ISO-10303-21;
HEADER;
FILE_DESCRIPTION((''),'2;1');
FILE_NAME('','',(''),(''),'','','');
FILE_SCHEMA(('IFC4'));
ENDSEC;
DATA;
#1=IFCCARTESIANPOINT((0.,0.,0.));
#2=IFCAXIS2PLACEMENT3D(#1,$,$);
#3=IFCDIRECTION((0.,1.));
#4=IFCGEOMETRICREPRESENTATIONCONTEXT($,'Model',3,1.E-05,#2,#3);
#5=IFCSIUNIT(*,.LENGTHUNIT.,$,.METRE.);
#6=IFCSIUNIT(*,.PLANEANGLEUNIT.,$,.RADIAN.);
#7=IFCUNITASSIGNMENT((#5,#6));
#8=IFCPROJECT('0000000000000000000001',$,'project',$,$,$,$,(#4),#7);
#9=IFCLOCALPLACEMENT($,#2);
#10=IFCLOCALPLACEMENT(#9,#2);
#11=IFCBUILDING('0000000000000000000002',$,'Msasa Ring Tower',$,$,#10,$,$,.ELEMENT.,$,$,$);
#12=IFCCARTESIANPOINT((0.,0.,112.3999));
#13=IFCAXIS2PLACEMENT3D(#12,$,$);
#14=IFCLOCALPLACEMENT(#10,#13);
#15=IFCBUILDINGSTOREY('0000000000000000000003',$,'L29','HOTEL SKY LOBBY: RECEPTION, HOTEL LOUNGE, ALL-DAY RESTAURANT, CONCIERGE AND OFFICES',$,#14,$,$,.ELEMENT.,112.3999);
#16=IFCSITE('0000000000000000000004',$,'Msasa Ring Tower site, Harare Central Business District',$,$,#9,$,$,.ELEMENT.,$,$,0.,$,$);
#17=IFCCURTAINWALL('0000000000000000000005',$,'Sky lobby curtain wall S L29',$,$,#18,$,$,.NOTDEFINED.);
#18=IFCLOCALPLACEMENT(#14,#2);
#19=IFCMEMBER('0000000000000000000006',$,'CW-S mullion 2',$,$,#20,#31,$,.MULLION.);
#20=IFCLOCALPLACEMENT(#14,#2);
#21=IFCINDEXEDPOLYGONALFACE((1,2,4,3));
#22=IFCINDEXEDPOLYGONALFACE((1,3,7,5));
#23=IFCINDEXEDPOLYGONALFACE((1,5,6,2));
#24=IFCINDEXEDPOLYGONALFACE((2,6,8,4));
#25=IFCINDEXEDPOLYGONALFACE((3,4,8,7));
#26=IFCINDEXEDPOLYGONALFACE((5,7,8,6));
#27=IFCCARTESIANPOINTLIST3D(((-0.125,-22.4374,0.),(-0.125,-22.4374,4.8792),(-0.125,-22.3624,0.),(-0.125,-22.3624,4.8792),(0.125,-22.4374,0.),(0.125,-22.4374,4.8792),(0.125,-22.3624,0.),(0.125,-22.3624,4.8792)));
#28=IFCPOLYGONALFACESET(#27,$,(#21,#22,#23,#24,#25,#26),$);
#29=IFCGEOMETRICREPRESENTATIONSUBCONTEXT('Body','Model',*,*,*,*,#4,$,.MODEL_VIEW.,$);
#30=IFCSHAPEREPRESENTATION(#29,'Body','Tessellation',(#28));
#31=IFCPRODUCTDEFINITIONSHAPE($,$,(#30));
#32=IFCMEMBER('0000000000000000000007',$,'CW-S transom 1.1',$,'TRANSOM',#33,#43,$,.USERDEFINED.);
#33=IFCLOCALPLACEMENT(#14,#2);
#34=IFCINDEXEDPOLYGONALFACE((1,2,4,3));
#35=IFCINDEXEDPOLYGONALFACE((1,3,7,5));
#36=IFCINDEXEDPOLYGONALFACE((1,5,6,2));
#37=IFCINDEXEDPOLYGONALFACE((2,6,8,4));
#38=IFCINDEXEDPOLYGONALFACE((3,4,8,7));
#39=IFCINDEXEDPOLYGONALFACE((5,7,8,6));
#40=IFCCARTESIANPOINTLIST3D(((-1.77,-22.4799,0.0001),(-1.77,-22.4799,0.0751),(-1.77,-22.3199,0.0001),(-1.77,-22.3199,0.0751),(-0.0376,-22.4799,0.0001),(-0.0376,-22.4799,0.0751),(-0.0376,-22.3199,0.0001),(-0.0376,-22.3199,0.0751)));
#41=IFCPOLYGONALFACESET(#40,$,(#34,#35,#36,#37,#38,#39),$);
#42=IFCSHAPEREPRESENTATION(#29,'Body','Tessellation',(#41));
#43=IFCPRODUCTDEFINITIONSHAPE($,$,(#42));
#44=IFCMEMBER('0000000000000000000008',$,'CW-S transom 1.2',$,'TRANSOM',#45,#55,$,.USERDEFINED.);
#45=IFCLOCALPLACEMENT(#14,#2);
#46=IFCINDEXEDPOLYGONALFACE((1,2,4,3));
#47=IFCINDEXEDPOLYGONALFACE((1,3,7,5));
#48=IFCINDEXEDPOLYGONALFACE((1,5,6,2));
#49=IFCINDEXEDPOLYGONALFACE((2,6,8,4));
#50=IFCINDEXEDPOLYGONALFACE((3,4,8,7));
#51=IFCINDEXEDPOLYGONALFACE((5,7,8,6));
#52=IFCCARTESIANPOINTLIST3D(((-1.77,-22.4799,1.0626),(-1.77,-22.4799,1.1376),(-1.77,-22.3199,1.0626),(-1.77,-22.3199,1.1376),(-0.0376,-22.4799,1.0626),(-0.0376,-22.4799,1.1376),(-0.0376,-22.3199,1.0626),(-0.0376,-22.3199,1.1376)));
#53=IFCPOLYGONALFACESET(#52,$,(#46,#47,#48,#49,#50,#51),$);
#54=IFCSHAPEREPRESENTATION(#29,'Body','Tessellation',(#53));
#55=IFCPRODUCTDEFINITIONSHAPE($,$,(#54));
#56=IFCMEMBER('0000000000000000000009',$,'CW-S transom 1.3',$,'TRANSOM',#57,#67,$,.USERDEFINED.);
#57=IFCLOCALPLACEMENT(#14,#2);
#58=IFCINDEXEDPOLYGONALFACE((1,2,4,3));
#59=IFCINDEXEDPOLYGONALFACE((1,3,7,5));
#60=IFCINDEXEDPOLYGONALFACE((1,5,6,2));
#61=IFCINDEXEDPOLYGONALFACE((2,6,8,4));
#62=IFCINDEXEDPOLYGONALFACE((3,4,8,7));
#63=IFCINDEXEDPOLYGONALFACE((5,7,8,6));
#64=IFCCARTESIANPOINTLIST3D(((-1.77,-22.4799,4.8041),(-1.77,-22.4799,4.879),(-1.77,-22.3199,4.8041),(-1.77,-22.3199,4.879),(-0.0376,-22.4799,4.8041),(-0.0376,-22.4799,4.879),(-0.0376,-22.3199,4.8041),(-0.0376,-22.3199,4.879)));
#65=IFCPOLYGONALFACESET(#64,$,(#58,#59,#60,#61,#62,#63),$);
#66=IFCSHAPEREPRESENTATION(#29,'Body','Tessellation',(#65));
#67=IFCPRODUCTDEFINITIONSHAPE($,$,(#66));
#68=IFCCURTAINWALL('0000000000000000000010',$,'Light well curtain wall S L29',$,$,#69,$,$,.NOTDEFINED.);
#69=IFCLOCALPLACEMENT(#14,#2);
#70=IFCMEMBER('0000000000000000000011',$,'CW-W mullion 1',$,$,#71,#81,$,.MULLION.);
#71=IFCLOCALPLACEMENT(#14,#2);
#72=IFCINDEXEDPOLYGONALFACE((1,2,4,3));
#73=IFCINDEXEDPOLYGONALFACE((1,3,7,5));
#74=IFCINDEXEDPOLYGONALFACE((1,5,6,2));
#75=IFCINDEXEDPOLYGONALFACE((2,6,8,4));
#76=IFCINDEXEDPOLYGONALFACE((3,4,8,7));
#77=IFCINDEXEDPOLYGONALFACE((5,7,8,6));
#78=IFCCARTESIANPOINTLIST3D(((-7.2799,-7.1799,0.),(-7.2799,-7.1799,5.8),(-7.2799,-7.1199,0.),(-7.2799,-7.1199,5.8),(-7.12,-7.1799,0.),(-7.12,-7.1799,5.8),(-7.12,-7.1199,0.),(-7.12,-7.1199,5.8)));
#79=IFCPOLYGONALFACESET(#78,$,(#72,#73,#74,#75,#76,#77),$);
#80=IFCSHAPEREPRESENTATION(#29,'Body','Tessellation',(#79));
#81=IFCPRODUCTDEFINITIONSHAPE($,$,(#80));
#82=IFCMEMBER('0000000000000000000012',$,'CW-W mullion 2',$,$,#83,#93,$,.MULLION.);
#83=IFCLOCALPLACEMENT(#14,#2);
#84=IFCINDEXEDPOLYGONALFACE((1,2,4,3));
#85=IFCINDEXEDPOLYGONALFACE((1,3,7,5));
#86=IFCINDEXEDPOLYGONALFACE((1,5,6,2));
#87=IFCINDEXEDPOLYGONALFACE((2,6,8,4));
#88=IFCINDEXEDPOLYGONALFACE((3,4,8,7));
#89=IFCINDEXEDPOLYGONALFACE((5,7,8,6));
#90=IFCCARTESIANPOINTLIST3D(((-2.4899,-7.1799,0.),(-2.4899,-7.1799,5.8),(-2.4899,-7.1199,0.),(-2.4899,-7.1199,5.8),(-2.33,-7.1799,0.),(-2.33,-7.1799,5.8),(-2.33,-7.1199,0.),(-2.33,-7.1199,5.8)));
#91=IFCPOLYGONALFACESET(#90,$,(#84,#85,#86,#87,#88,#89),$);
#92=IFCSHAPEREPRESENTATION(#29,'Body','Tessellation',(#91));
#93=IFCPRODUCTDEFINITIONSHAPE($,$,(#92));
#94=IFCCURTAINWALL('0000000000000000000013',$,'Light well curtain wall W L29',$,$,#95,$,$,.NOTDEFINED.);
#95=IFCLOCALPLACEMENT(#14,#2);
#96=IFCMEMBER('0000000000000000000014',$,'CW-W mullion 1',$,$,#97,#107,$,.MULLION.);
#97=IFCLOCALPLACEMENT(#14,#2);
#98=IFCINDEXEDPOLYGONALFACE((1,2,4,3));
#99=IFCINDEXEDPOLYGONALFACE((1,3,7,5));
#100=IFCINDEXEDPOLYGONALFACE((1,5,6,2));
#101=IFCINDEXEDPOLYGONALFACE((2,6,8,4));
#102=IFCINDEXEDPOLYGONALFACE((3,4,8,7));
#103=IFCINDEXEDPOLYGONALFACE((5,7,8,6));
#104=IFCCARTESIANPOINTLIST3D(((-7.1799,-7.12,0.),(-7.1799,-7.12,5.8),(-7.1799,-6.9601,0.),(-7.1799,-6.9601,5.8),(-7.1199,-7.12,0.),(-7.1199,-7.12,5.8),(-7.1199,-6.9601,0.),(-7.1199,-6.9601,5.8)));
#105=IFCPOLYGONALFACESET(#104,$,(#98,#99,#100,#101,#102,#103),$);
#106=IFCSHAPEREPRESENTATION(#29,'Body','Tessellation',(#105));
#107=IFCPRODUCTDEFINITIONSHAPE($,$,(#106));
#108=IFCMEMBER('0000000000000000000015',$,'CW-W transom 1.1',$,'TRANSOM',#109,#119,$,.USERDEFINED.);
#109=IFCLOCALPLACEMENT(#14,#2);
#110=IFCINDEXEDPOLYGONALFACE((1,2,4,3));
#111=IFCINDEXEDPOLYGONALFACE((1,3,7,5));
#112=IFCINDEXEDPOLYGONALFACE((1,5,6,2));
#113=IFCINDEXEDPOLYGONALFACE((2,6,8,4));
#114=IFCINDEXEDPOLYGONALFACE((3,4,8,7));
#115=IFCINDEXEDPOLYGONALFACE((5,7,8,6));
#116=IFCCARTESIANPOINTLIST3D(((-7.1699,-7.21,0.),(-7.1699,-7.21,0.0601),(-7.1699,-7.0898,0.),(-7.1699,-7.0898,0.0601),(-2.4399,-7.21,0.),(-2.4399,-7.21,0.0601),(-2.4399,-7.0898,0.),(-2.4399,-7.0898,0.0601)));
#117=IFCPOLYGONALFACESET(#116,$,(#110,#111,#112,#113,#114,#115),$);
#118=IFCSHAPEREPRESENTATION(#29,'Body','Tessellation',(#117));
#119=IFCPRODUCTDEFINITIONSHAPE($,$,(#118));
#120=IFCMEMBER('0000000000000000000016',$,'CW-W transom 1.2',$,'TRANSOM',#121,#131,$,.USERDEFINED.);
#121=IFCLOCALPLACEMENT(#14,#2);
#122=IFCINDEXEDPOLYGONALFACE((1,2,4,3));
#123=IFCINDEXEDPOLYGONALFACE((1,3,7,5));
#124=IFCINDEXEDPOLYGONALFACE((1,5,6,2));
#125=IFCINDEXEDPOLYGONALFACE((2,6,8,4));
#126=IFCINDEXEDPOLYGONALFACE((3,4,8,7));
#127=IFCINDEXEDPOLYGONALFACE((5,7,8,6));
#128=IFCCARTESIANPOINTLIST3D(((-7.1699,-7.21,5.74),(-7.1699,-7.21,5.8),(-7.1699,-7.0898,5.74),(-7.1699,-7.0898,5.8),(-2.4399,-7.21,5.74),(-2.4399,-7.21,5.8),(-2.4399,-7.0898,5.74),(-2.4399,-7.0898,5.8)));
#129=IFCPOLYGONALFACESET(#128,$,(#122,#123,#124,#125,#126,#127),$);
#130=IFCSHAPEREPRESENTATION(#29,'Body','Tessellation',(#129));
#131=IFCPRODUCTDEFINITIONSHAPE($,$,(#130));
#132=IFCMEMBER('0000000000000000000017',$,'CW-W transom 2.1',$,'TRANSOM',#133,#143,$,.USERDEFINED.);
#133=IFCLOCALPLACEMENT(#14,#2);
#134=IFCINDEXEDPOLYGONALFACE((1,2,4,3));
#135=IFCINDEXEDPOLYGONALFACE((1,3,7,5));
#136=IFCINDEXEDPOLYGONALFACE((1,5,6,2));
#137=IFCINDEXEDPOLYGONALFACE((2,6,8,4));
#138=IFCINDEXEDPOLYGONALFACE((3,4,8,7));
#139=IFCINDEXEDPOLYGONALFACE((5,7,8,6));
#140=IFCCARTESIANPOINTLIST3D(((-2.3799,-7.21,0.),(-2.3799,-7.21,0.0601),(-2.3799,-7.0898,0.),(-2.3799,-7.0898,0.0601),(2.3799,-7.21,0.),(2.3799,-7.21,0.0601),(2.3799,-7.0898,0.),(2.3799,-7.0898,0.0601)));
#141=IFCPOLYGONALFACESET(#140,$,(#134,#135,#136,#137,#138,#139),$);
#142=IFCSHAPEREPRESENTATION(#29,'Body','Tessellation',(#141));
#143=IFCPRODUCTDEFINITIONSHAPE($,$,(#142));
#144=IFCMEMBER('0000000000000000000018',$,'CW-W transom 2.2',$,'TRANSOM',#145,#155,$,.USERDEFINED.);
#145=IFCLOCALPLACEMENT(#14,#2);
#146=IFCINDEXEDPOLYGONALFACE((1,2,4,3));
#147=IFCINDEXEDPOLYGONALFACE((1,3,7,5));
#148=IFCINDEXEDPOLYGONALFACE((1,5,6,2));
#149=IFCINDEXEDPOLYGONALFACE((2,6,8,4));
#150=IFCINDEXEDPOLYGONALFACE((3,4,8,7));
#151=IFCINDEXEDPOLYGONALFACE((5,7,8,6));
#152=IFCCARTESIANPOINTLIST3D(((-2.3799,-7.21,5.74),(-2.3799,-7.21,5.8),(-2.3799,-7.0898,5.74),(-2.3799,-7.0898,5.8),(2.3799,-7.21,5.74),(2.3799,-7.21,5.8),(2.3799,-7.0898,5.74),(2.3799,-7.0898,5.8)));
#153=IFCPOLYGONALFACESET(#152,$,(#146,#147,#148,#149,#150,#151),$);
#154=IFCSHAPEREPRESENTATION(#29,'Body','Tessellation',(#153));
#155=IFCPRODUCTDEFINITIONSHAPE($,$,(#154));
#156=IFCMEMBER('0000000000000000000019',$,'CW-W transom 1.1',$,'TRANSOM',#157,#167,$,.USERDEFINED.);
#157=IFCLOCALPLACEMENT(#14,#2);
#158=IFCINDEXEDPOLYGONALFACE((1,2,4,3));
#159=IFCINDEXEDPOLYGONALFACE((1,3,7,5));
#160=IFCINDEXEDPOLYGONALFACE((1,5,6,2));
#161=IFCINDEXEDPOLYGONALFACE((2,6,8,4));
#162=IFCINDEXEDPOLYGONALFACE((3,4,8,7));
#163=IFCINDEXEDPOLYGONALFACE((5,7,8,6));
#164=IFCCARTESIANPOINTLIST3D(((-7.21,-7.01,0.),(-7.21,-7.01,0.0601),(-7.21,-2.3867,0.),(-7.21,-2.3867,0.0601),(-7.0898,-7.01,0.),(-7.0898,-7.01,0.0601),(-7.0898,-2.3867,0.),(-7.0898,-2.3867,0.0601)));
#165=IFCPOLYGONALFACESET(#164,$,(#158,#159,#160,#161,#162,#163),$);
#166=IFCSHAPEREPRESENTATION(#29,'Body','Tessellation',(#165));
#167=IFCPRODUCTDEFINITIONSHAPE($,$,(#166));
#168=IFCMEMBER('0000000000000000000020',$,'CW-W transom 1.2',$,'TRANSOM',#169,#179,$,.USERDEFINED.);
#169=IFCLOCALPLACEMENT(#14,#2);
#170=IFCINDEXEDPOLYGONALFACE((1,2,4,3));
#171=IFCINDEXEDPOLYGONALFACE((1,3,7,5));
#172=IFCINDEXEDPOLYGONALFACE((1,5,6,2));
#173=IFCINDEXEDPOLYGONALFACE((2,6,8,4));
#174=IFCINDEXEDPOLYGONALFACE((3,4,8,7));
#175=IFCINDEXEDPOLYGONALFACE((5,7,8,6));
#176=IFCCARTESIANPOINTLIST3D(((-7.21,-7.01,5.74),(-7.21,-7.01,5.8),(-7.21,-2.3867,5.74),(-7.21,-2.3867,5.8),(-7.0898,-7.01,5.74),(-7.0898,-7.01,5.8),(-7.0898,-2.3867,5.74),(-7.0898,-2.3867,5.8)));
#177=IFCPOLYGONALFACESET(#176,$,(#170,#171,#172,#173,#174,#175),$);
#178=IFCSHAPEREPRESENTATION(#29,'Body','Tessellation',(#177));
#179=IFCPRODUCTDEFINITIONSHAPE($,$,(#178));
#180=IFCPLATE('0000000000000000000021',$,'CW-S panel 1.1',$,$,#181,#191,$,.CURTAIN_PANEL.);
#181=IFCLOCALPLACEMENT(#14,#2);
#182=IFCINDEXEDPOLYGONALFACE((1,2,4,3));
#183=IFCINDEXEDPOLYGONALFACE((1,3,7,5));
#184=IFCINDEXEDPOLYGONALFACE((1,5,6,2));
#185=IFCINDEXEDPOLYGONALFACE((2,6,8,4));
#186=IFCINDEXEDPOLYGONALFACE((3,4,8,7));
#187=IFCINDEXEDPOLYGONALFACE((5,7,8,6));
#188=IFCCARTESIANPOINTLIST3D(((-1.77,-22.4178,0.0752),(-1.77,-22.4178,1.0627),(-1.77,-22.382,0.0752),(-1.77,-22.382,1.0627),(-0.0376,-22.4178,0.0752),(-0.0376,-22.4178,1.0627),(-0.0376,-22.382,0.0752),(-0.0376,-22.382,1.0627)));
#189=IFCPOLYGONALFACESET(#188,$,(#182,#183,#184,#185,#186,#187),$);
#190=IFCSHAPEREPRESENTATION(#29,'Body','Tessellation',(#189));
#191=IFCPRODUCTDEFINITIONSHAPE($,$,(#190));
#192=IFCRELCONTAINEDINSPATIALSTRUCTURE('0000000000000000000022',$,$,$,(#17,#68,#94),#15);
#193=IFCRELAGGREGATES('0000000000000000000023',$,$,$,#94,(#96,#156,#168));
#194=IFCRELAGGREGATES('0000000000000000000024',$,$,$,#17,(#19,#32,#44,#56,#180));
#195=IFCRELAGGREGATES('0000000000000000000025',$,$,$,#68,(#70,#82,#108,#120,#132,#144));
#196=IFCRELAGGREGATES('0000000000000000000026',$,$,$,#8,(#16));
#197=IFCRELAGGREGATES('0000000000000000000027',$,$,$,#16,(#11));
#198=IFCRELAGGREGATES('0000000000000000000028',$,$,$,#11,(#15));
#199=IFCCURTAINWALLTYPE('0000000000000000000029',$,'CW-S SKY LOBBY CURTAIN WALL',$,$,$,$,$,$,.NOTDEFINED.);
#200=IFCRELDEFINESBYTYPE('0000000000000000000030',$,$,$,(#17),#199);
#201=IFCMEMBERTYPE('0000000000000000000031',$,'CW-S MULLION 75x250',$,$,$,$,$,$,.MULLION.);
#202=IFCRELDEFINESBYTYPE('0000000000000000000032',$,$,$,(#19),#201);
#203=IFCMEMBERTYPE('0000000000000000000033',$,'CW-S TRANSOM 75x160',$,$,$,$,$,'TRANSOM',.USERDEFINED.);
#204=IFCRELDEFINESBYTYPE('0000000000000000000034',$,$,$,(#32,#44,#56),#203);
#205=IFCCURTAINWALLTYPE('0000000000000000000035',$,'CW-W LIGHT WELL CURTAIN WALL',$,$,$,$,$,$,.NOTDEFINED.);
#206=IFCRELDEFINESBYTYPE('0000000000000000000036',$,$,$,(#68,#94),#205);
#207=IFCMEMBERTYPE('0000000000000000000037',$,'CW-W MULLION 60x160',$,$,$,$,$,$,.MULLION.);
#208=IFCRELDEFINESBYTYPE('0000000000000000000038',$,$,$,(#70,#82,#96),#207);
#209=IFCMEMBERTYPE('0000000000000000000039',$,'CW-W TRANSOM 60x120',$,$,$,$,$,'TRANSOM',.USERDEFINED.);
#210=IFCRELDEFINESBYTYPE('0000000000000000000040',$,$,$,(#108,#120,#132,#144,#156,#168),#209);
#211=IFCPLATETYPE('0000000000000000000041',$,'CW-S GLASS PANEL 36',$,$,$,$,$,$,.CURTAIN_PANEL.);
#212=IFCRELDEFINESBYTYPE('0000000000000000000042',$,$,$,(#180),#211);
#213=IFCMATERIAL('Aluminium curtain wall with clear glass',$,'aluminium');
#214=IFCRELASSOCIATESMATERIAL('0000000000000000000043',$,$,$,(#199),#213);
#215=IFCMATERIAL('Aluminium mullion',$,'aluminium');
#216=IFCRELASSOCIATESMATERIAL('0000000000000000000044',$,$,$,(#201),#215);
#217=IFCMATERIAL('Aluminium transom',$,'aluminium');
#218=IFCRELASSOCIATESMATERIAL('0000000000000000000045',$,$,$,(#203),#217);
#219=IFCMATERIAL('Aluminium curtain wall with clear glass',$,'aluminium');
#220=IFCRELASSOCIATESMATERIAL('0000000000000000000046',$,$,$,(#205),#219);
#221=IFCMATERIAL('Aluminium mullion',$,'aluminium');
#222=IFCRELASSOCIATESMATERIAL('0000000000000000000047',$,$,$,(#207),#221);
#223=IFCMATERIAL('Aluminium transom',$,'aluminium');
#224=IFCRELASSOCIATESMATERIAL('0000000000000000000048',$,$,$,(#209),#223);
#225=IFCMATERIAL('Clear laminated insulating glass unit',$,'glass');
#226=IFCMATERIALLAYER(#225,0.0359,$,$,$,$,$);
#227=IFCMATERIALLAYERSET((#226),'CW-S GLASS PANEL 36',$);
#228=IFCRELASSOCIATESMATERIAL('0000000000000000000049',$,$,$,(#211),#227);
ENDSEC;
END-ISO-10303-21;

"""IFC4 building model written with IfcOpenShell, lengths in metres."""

from ifc_helpers import new_model, si_unit, direction, frame, origin, origin_2d, place, context, subcontext, project, spatial, rectangle, extrude, material, layer, layer_set, material_profile, profile_set, type_object, element, aggregate, save


model = new_model("IFC4")

# Units and contexts
model_context = context("Model", 3, precision=1e-05, world=origin(), true_north=direction((0.0, 1.0)))
body_context = subcontext(model_context, "Body", "Model", "MODEL_VIEW")
ifc_project = project(units=[si_unit("LENGTHUNIT", "METRE"), si_unit("PLANEANGLEUNIT", "RADIAN")], contexts=[model_context])

# Site, building, storey
site_placement = place(None, origin())
site = spatial("IfcSite", under=ifc_project, at=site_placement, Name="Msasa Ring Tower site, Harare Central Business District", CompositionType="ELEMENT", RefElevation=0.0)
building_placement = place(site_placement, origin())
building = spatial("IfcBuilding", under=site, at=building_placement, Name="Msasa Ring Tower", CompositionType="ELEMENT")
storey_placement = place(building_placement, frame((0.0, 0.0, 112.3999)))
storey = spatial("IfcBuildingStorey", under=building, at=storey_placement, Name="L29", Description="HOTEL SKY LOBBY: RECEPTION, HOTEL LOUNGE, ALL-DAY RESTAURANT, CONCIERGE AND OFFICES", CompositionType="ELEMENT", Elevation=112.3999)

# Curtain walls, members
ifc_material_1 = material(Name="Aluminium curtain wall with clear glass", Category="aluminium")
curtain_wall_type_1 = type_object("IfcCurtainWallType", Name="CW-S SKY LOBBY CURTAIN WALL", PredefinedType="NOTDEFINED", material=ifc_material_1)
curtain_wall_1_placement = place(storey_placement, origin())
curtain_wall_1 = element("IfcCurtainWall", 1, at=curtain_wall_1_placement, inside=storey, type_object=curtain_wall_type_1, Name="Sky lobby curtain wall S L29", PredefinedType="NOTDEFINED")
ifc_material_2 = material(Name="Aluminium mullion", Category="aluminium")
ifc_material_profile_1 = material_profile(ifc_material_2, rectangle(XDim=0.075, YDim=0.25, at=origin_2d()), Name="AL 75x250")
ifc_profile_set_1 = profile_set([ifc_material_profile_1], Name="Aluminium mullion")
member_type_1 = type_object("IfcMemberType", Name="CW-S MULLION 75x250", PredefinedType="MULLION", material=ifc_profile_set_1)
member_1_placement = place(storey_placement, frame((0.0, -22.3999, 0.0), z_axis=(0.0, 0.0, 1.0), x_axis=(0.0, 1.0, 0.0)))
member_1 = element("IfcMember", 2, at=member_1_placement, type_object=member_type_1, Name="CW-S mullion 2", PredefinedType="MULLION", context=body_context, shape_type="SweptSolid", body=[
    extrude(rectangle(XDim=0.075, YDim=0.25, at=origin_2d()), origin(), (0.0, 0.0, 1.0), 4.8792),
])
ifc_material_3 = material(Name="Aluminium transom", Category="aluminium")
ifc_material_profile_2 = material_profile(ifc_material_3, rectangle(XDim=0.1599, YDim=0.075, at=origin_2d()), Name="AL 75x160")
ifc_profile_set_2 = profile_set([ifc_material_profile_2], Name="Aluminium transom")
member_type_2 = type_object("IfcMemberType", Name="CW-S TRANSOM 75x160", ElementType="TRANSOM", PredefinedType="USERDEFINED", material=ifc_profile_set_2)
member_2_placement = place(storey_placement, frame((-1.77, -22.3999, 0.0376), z_axis=(1.0, 0.0, 0.0), x_axis=(0.0, 1.0, 0.0)))
member_2 = element("IfcMember", 3, at=member_2_placement, type_object=member_type_2, Name="CW-S transom 1.1", ObjectType="TRANSOM", PredefinedType="USERDEFINED", context=body_context, shape_type="SweptSolid", body=[
    extrude(rectangle(XDim=0.1599, YDim=0.075, at=origin_2d()), origin(), (0.0, 0.0, 1.0), 1.7324),
])
member_3_placement = place(storey_placement, frame((-1.77, -22.3999, 1.1001), z_axis=(1.0, 0.0, 0.0), x_axis=(0.0, 1.0, 0.0)))
member_3 = element("IfcMember", 4, at=member_3_placement, type_object=member_type_2, Name="CW-S transom 1.2", ObjectType="TRANSOM", PredefinedType="USERDEFINED", context=body_context, shape_type="SweptSolid", body=[
    extrude(rectangle(XDim=0.1599, YDim=0.075, at=origin_2d()), origin(), (0.0, 0.0, 1.0), 1.7324),
])
member_4_placement = place(storey_placement, frame((-1.77, -22.3999, 4.8416), z_axis=(1.0, 0.0, 0.0), x_axis=(0.0, 1.0, 0.0)))
member_4 = element("IfcMember", 5, at=member_4_placement, type_object=member_type_2, Name="CW-S transom 1.3", ObjectType="TRANSOM", PredefinedType="USERDEFINED", context=body_context, shape_type="SweptSolid", body=[
    extrude(rectangle(XDim=0.1599, YDim=0.075, at=origin_2d()), origin(), (0.0, 0.0, 1.0), 1.7324),
])
ifc_material_4 = material(Name="Aluminium curtain wall with clear glass", Category="aluminium")
curtain_wall_type_2 = type_object("IfcCurtainWallType", Name="CW-W LIGHT WELL CURTAIN WALL", PredefinedType="NOTDEFINED", material=ifc_material_4)
curtain_wall_2_placement = place(storey_placement, origin())
curtain_wall_2 = element("IfcCurtainWall", 6, at=curtain_wall_2_placement, inside=storey, type_object=curtain_wall_type_2, Name="Light well curtain wall S L29", PredefinedType="NOTDEFINED")
ifc_material_5 = material(Name="Aluminium mullion", Category="aluminium")
ifc_material_profile_3 = material_profile(ifc_material_5, rectangle(XDim=0.0601, YDim=0.1599, at=origin_2d()), Name="AL 60x160")
ifc_profile_set_3 = profile_set([ifc_material_profile_3], Name="Aluminium mullion")
member_type_3 = type_object("IfcMemberType", Name="CW-W MULLION 60x160", PredefinedType="MULLION", material=ifc_profile_set_3)
member_5_placement = place(storey_placement, frame((-7.2, -7.1499, 0.0), z_axis=(0.0, 0.0, 1.0), x_axis=(0.0, 1.0, 0.0)))
member_5 = element("IfcMember", 7, at=member_5_placement, type_object=member_type_3, Name="CW-W mullion 1", PredefinedType="MULLION", context=body_context, shape_type="SweptSolid", body=[
    extrude(rectangle(XDim=0.0601, YDim=0.1599, at=origin_2d()), origin(), (0.0, 0.0, 1.0), 5.8),
])
member_6_placement = place(storey_placement, frame((-2.4099, -7.1499, 0.0), z_axis=(0.0, 0.0, 1.0), x_axis=(0.0, 1.0, 0.0)))
member_6 = element("IfcMember", 8, at=member_6_placement, type_object=member_type_3, Name="CW-W mullion 2", PredefinedType="MULLION", context=body_context, shape_type="SweptSolid", body=[
    extrude(rectangle(XDim=0.0601, YDim=0.1599, at=origin_2d()), origin(), (0.0, 0.0, 1.0), 5.8),
])

# Curtain wall, member
curtain_wall_3_placement = place(storey_placement, origin())
curtain_wall_3 = element("IfcCurtainWall", 9, at=curtain_wall_3_placement, inside=storey, type_object=curtain_wall_type_2, Name="Light well curtain wall W L29", PredefinedType="NOTDEFINED")
member_7_placement = place(storey_placement, frame((-7.1499, -7.04, 0.0), z_axis=(0.0, 0.0, 1.0), x_axis=(-1.0, 0.0, 0.0)))
member_7 = element("IfcMember", 10, at=member_7_placement, type_object=member_type_3, Name="CW-W mullion 1", PredefinedType="MULLION", context=body_context, shape_type="SweptSolid", body=[
    extrude(rectangle(XDim=0.0601, YDim=0.1599, at=origin_2d()), origin(), (0.0, 0.0, 1.0), 5.8),
])

# Members
ifc_material_6 = material(Name="Aluminium transom", Category="aluminium")
ifc_material_profile_4 = material_profile(ifc_material_6, rectangle(XDim=0.1201, YDim=0.0601, at=origin_2d()), Name="AL 60x120")
ifc_profile_set_4 = profile_set([ifc_material_profile_4], Name="Aluminium transom")
member_type_4 = type_object("IfcMemberType", Name="CW-W TRANSOM 60x120", ElementType="TRANSOM", PredefinedType="USERDEFINED", material=ifc_profile_set_4)
member_8_placement = place(storey_placement, frame((-7.1699, -7.1499, 0.03), z_axis=(1.0, 0.0, 0.0), x_axis=(0.0, 1.0, 0.0)))
member_8 = element("IfcMember", 11, at=member_8_placement, type_object=member_type_4, Name="CW-W transom 1.1", ObjectType="TRANSOM", PredefinedType="USERDEFINED", context=body_context, shape_type="SweptSolid", body=[
    extrude(rectangle(XDim=0.1201, YDim=0.0601, at=origin_2d()), origin(), (0.0, 0.0, 1.0), 4.73),
])
member_9_placement = place(storey_placement, frame((-7.1699, -7.1499, 5.77), z_axis=(1.0, 0.0, 0.0), x_axis=(0.0, 1.0, 0.0)))
member_9 = element("IfcMember", 12, at=member_9_placement, type_object=member_type_4, Name="CW-W transom 1.2", ObjectType="TRANSOM", PredefinedType="USERDEFINED", context=body_context, shape_type="SweptSolid", body=[
    extrude(rectangle(XDim=0.1201, YDim=0.0601, at=origin_2d()), origin(), (0.0, 0.0, 1.0), 4.73),
])
member_10_placement = place(storey_placement, frame((-2.3799, -7.1499, 0.03), z_axis=(1.0, 0.0, 0.0), x_axis=(0.0, 1.0, 0.0)))
member_10 = element("IfcMember", 13, at=member_10_placement, type_object=member_type_4, Name="CW-W transom 2.1", ObjectType="TRANSOM", PredefinedType="USERDEFINED", context=body_context, shape_type="SweptSolid", body=[
    extrude(rectangle(XDim=0.1201, YDim=0.0601, at=origin_2d()), origin(), (0.0, 0.0, 1.0), 4.7598),
])
member_11_placement = place(storey_placement, frame((-2.3799, -7.1499, 5.77), z_axis=(1.0, 0.0, 0.0), x_axis=(0.0, 1.0, 0.0)))
member_11 = element("IfcMember", 14, at=member_11_placement, type_object=member_type_4, Name="CW-W transom 2.2", ObjectType="TRANSOM", PredefinedType="USERDEFINED", context=body_context, shape_type="SweptSolid", body=[
    extrude(rectangle(XDim=0.1201, YDim=0.0601, at=origin_2d()), origin(), (0.0, 0.0, 1.0), 4.7598),
])
member_12_placement = place(storey_placement, frame((-7.1499, -7.01, 0.03), z_axis=(0.0, 1.0, 0.0), x_axis=(-1.0, 0.0, 0.0)))
member_12 = element("IfcMember", 15, at=member_12_placement, type_object=member_type_4, Name="CW-W transom 1.1", ObjectType="TRANSOM", PredefinedType="USERDEFINED", context=body_context, shape_type="SweptSolid", body=[
    extrude(rectangle(XDim=0.1201, YDim=0.0601, at=origin_2d()), origin(), (0.0, 0.0, 1.0), 4.6233),
])
member_13_placement = place(storey_placement, frame((-7.1499, -7.01, 5.77), z_axis=(0.0, 1.0, 0.0), x_axis=(-1.0, 0.0, 0.0)))
member_13 = element("IfcMember", 16, at=member_13_placement, type_object=member_type_4, Name="CW-W transom 1.2", ObjectType="TRANSOM", PredefinedType="USERDEFINED", context=body_context, shape_type="SweptSolid", body=[
    extrude(rectangle(XDim=0.1201, YDim=0.0601, at=origin_2d()), origin(), (0.0, 0.0, 1.0), 4.6233),
])
aggregate(curtain_wall_3, [member_7, member_12, member_13])

# Plate
ifc_material_7 = material(Name="Clear laminated insulating glass unit", Category="glass")
ifc_layer_1 = layer(ifc_material_7, 0.0359)
ifc_layer_set_1 = layer_set([ifc_layer_1], Name="CW-S GLASS PANEL 36")
plate_type_1 = type_object("IfcPlateType", Name="CW-S GLASS PANEL 36", PredefinedType="CURTAIN_PANEL", material=ifc_layer_set_1)
plate_1_placement = place(storey_placement, frame((-0.9038, -22.3999, 0.0752), z_axis=(0.0, 0.0, 1.0), x_axis=(1.0, 0.0, 0.0)))
plate_1 = element("IfcPlate", 17, at=plate_1_placement, type_object=plate_type_1, Name="CW-S panel 1.1", PredefinedType="CURTAIN_PANEL", context=body_context, shape_type="SweptSolid", body=[
    extrude(rectangle(XDim=1.7324, YDim=0.0359, at=origin_2d()), origin(), (0.0, 0.0, 1.0), 0.9875),
])
aggregate(curtain_wall_1, [member_1, member_2, member_3, member_4, plate_1])
aggregate(curtain_wall_2, [member_5, member_6, member_8, member_9, member_10, member_11])

save(model, "model.ifc")
